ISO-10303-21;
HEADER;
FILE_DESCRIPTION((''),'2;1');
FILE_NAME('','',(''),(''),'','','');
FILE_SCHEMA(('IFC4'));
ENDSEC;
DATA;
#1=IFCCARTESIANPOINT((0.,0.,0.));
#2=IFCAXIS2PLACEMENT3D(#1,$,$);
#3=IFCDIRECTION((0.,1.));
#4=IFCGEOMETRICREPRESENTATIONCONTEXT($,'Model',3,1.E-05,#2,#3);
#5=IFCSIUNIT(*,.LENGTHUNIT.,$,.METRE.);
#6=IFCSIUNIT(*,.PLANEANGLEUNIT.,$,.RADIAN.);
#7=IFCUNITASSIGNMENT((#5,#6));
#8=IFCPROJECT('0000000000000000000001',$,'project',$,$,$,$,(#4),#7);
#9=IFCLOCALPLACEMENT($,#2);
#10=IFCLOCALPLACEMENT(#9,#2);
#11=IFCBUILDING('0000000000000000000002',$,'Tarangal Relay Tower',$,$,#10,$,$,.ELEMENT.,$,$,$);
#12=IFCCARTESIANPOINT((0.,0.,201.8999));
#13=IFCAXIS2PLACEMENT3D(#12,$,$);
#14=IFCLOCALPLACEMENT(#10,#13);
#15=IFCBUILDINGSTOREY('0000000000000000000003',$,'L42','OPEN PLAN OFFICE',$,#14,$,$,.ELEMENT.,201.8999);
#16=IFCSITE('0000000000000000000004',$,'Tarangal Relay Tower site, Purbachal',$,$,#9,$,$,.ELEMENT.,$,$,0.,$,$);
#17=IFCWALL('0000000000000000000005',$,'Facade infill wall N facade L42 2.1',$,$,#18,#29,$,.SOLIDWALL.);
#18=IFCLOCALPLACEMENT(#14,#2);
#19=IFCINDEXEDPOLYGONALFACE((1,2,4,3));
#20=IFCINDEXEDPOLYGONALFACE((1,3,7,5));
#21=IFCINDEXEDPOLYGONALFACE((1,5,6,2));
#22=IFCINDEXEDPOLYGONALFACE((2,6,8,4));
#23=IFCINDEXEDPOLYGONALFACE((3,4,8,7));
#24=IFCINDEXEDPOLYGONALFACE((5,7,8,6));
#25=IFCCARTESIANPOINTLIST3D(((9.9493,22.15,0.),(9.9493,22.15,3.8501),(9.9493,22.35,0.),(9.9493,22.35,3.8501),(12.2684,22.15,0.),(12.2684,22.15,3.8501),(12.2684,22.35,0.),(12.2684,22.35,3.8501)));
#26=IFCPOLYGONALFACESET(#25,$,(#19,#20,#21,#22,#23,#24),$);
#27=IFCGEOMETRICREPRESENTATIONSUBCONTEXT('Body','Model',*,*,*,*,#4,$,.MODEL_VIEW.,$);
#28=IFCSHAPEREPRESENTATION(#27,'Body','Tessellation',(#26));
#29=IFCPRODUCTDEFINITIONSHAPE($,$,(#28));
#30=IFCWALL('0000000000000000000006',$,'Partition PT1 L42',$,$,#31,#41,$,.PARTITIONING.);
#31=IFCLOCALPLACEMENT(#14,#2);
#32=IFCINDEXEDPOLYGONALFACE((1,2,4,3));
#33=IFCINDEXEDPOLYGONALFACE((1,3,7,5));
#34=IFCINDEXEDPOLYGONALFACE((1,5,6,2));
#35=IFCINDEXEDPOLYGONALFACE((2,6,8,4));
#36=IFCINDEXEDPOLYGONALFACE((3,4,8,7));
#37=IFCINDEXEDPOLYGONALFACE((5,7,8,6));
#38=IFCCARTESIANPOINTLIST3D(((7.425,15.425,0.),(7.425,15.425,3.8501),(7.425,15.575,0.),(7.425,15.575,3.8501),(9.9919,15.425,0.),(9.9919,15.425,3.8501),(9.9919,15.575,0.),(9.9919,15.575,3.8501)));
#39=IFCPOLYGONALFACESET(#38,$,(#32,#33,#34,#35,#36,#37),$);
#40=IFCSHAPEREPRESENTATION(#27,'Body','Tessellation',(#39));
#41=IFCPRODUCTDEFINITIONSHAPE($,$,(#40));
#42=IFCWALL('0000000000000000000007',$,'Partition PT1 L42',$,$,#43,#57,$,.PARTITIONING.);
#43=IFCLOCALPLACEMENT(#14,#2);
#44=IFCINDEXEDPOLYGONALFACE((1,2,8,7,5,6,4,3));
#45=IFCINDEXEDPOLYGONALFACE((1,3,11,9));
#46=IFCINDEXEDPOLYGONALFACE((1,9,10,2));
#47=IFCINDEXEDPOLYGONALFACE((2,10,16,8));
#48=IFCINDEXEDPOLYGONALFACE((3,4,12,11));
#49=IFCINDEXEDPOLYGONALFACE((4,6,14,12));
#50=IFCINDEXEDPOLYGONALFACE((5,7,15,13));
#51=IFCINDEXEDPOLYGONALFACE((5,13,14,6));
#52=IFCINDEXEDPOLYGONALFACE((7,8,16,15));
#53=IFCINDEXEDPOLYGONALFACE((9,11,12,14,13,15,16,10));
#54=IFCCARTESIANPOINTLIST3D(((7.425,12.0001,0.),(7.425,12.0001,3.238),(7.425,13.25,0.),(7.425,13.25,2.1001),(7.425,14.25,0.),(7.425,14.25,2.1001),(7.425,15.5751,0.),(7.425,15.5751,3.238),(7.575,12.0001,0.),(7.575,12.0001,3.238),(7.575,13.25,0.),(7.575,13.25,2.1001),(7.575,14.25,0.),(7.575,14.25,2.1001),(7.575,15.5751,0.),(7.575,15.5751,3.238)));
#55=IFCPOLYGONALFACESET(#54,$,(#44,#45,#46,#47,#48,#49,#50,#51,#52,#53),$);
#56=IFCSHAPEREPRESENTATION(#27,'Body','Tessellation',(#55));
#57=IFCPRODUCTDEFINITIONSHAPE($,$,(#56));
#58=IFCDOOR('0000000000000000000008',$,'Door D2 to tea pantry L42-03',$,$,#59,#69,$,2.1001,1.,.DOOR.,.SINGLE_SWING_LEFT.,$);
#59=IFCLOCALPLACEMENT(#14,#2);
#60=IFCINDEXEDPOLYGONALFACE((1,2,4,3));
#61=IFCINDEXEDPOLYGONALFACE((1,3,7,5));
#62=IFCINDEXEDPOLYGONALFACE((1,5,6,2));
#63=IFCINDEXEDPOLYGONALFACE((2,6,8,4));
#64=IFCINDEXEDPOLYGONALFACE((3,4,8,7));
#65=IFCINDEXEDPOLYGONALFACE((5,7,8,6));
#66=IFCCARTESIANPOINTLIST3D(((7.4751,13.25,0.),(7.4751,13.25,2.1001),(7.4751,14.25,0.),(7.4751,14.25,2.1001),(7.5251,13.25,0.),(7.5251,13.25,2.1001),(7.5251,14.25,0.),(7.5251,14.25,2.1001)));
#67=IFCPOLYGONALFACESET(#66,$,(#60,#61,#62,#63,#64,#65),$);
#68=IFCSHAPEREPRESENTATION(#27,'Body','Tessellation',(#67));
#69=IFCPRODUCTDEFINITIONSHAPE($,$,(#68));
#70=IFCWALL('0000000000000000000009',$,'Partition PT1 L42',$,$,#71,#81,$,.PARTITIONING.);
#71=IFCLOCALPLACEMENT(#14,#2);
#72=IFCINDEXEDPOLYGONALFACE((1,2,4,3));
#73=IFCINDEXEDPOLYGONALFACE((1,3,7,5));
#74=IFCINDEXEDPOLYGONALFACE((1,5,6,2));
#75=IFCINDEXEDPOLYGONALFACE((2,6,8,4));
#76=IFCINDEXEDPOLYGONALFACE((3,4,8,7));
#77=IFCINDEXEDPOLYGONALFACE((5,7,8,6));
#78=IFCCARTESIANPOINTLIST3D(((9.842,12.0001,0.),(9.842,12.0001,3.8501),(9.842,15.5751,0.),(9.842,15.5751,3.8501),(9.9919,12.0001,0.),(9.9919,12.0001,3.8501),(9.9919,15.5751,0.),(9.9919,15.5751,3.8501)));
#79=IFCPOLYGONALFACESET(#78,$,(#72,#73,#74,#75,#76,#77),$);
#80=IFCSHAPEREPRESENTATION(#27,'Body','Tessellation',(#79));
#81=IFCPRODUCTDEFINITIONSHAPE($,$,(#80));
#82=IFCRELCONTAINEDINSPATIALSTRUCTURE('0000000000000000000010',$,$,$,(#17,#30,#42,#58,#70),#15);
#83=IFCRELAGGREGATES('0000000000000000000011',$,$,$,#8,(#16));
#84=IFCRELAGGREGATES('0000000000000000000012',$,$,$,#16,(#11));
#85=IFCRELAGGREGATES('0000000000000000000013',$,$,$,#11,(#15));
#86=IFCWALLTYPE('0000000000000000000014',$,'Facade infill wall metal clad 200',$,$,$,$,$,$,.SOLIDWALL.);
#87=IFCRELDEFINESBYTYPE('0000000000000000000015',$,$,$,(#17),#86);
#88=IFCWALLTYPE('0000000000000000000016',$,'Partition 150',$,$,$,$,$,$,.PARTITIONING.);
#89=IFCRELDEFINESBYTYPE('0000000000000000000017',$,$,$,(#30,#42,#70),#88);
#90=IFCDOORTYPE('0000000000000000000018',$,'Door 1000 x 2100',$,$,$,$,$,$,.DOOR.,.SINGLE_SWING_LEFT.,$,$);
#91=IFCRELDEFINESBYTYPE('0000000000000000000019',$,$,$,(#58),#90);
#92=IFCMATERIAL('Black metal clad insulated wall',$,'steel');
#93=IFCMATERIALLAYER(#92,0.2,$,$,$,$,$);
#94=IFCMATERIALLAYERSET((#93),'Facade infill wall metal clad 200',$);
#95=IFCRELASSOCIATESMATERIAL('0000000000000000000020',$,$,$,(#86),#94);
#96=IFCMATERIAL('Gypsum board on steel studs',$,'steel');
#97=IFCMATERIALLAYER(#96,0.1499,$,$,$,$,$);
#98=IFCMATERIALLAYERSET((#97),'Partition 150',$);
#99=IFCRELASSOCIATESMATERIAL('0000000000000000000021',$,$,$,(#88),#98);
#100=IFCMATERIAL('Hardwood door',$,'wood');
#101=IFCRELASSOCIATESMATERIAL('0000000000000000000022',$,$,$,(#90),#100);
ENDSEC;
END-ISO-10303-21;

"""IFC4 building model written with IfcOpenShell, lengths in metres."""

from ifc_helpers import new_model, si_unit, direction, frame, frame_2d, origin, place, context, subcontext, project, spatial, rectangle, extrude, material, layer, layer_set, type_object, element, fill, save


model = new_model("IFC4")

# Units and contexts
model_context = context("Model", 3, precision=1e-05, world=origin(), true_north=direction((0.0, 1.0)))
body_context = subcontext(model_context, "Body", "Model", "MODEL_VIEW")
ifc_project = project(units=[si_unit("LENGTHUNIT", "METRE"), si_unit("PLANEANGLEUNIT", "RADIAN")], contexts=[model_context])

# Site, building, storey
site_placement = place(None, origin())
site = spatial("IfcSite", under=ifc_project, at=site_placement, Name="Tarangal Relay Tower site, Purbachal", CompositionType="ELEMENT", RefElevation=0.0)
building_placement = place(site_placement, origin())
building = spatial("IfcBuilding", under=site, at=building_placement, Name="Tarangal Relay Tower", CompositionType="ELEMENT")
storey_placement = place(building_placement, frame((0.0, 0.0, 201.8999)))
storey = spatial("IfcBuildingStorey", under=building, at=storey_placement, Name="L42", Description="OPEN PLAN OFFICE", CompositionType="ELEMENT", Elevation=201.8999)

# Walls
ifc_material_1 = material(Name="Black metal clad insulated wall", Category="steel")
ifc_layer_1 = layer(ifc_material_1, 0.2)
ifc_layer_set_1 = layer_set([ifc_layer_1], Name="Facade infill wall metal clad 200")
wall_type_1 = type_object("IfcWallType", Name="Facade infill wall metal clad 200", PredefinedType="SOLIDWALL", material=ifc_layer_set_1)
for number, where, z_axis, x_axis, name in (
    (1, (9.9492, 22.25, 0.0), (0.0, 0.0, 1.0), (1.0, 0.0, 0.0), "Facade infill wall N facade L42 2.1"),
):
    element("IfcWall", number, at=place(storey_placement, frame(where, z_axis=z_axis, x_axis=x_axis)), inside=storey, type_object=wall_type_1, Name=name, PredefinedType="SOLIDWALL", context=body_context, shape_type="SweptSolid", body=[
        extrude(rectangle(XDim=2.3191, YDim=0.2, at=frame_2d((1.1597, 0.0))), origin(), (0.0, 0.0, 1.0), 3.8501),
    ])
ifc_material_2 = material(Name="Gypsum board on steel studs", Category="steel")
ifc_layer_2 = layer(ifc_material_2, 0.1499)
ifc_layer_set_2 = layer_set([ifc_layer_2], Name="Partition 150")
wall_type_2 = type_object("IfcWallType", Name="Partition 150", PredefinedType="PARTITIONING", material=ifc_layer_set_2)
wall_1_placement = place(storey_placement, frame((7.425, 15.5, 0.0), z_axis=(0.0, 0.0, 1.0), x_axis=(1.0, 0.0, 0.0)))
element("IfcWall", 2, at=wall_1_placement, inside=storey, type_object=wall_type_2, Name="Partition PT1 L42", PredefinedType="PARTITIONING", context=body_context, shape_type="SweptSolid", body=[
    extrude(rectangle(XDim=2.5669, YDim=0.1499, at=frame_2d((1.2834, 0.0))), origin(), (0.0, 0.0, 1.0), 3.8501),
])

# Wall, opening, door
wall_2_placement = place(storey_placement, frame((7.5, 12.0, 0.0), z_axis=(0.0, 0.0, 1.0), x_axis=(0.0, 1.0, 0.0)))
wall_2 = element("IfcWall", 3, at=wall_2_placement, inside=storey, type_object=wall_type_2, Name="Partition PT1 L42", PredefinedType="PARTITIONING", context=body_context, shape_type="SweptSolid", body=[
    extrude(rectangle(XDim=3.575, YDim=0.1499, at=frame_2d((1.7876, 0.0))), origin(), (0.0, 0.0, 1.0), 3.238),
])
opening_1_placement = place(wall_2_placement, frame((1.25, 0.0, 0.0)))
opening_1 = element("IfcOpeningElement", 4, at=opening_1_placement, cuts=wall_2, PredefinedType="OPENING", context=body_context, shape_type="SweptSolid", body=[
    extrude(rectangle(XDim=1.0, YDim=2.1001, at=frame_2d((0.5, 1.05))), frame((0.0, 0.085, 0.0), z_axis=(0.0, -1.0, 0.0), x_axis=(1.0, 0.0, 0.0)), (0.0, 0.0, 1.0), 0.1699),
])
ifc_material_3 = material(Name="Hardwood door", Category="wood")
door_type_1 = type_object("IfcDoorType", Name="Door 1000 x 2100", OperationType="SINGLE_SWING_LEFT", PredefinedType="DOOR", material=ifc_material_3)
door_1_placement = place(opening_1_placement, origin())
door_1 = element("IfcDoor", 5, at=door_1_placement, inside=storey, type_object=door_type_1, Name="Door D2 to tea pantry L42-03", OperationType="SINGLE_SWING_LEFT", OverallHeight=2.1001, OverallWidth=1.0, PredefinedType="DOOR", context=body_context, shape_type="SweptSolid", body=[
    extrude(rectangle(XDim=1.0, YDim=2.1001, at=frame_2d((0.5, 1.05))), frame((0.0, 0.0249, 0.0), z_axis=(0.0, -1.0, 0.0), x_axis=(1.0, 0.0, 0.0)), (0.0, 0.0, 1.0), 0.05),
])
fill(opening_1, door_1)

# Wall
wall_3_placement = place(storey_placement, frame((9.917, 12.0, 0.0), z_axis=(0.0, 0.0, 1.0), x_axis=(0.0, 1.0, 0.0)))
element("IfcWall", 6, at=wall_3_placement, inside=storey, type_object=wall_type_2, Name="Partition PT1 L42", PredefinedType="PARTITIONING", context=body_context, shape_type="SweptSolid", body=[
    extrude(rectangle(XDim=3.575, YDim=0.1499, at=frame_2d((1.7876, 0.0))), origin(), (0.0, 0.0, 1.0), 3.8501),
])

save(model, "model.ifc")
